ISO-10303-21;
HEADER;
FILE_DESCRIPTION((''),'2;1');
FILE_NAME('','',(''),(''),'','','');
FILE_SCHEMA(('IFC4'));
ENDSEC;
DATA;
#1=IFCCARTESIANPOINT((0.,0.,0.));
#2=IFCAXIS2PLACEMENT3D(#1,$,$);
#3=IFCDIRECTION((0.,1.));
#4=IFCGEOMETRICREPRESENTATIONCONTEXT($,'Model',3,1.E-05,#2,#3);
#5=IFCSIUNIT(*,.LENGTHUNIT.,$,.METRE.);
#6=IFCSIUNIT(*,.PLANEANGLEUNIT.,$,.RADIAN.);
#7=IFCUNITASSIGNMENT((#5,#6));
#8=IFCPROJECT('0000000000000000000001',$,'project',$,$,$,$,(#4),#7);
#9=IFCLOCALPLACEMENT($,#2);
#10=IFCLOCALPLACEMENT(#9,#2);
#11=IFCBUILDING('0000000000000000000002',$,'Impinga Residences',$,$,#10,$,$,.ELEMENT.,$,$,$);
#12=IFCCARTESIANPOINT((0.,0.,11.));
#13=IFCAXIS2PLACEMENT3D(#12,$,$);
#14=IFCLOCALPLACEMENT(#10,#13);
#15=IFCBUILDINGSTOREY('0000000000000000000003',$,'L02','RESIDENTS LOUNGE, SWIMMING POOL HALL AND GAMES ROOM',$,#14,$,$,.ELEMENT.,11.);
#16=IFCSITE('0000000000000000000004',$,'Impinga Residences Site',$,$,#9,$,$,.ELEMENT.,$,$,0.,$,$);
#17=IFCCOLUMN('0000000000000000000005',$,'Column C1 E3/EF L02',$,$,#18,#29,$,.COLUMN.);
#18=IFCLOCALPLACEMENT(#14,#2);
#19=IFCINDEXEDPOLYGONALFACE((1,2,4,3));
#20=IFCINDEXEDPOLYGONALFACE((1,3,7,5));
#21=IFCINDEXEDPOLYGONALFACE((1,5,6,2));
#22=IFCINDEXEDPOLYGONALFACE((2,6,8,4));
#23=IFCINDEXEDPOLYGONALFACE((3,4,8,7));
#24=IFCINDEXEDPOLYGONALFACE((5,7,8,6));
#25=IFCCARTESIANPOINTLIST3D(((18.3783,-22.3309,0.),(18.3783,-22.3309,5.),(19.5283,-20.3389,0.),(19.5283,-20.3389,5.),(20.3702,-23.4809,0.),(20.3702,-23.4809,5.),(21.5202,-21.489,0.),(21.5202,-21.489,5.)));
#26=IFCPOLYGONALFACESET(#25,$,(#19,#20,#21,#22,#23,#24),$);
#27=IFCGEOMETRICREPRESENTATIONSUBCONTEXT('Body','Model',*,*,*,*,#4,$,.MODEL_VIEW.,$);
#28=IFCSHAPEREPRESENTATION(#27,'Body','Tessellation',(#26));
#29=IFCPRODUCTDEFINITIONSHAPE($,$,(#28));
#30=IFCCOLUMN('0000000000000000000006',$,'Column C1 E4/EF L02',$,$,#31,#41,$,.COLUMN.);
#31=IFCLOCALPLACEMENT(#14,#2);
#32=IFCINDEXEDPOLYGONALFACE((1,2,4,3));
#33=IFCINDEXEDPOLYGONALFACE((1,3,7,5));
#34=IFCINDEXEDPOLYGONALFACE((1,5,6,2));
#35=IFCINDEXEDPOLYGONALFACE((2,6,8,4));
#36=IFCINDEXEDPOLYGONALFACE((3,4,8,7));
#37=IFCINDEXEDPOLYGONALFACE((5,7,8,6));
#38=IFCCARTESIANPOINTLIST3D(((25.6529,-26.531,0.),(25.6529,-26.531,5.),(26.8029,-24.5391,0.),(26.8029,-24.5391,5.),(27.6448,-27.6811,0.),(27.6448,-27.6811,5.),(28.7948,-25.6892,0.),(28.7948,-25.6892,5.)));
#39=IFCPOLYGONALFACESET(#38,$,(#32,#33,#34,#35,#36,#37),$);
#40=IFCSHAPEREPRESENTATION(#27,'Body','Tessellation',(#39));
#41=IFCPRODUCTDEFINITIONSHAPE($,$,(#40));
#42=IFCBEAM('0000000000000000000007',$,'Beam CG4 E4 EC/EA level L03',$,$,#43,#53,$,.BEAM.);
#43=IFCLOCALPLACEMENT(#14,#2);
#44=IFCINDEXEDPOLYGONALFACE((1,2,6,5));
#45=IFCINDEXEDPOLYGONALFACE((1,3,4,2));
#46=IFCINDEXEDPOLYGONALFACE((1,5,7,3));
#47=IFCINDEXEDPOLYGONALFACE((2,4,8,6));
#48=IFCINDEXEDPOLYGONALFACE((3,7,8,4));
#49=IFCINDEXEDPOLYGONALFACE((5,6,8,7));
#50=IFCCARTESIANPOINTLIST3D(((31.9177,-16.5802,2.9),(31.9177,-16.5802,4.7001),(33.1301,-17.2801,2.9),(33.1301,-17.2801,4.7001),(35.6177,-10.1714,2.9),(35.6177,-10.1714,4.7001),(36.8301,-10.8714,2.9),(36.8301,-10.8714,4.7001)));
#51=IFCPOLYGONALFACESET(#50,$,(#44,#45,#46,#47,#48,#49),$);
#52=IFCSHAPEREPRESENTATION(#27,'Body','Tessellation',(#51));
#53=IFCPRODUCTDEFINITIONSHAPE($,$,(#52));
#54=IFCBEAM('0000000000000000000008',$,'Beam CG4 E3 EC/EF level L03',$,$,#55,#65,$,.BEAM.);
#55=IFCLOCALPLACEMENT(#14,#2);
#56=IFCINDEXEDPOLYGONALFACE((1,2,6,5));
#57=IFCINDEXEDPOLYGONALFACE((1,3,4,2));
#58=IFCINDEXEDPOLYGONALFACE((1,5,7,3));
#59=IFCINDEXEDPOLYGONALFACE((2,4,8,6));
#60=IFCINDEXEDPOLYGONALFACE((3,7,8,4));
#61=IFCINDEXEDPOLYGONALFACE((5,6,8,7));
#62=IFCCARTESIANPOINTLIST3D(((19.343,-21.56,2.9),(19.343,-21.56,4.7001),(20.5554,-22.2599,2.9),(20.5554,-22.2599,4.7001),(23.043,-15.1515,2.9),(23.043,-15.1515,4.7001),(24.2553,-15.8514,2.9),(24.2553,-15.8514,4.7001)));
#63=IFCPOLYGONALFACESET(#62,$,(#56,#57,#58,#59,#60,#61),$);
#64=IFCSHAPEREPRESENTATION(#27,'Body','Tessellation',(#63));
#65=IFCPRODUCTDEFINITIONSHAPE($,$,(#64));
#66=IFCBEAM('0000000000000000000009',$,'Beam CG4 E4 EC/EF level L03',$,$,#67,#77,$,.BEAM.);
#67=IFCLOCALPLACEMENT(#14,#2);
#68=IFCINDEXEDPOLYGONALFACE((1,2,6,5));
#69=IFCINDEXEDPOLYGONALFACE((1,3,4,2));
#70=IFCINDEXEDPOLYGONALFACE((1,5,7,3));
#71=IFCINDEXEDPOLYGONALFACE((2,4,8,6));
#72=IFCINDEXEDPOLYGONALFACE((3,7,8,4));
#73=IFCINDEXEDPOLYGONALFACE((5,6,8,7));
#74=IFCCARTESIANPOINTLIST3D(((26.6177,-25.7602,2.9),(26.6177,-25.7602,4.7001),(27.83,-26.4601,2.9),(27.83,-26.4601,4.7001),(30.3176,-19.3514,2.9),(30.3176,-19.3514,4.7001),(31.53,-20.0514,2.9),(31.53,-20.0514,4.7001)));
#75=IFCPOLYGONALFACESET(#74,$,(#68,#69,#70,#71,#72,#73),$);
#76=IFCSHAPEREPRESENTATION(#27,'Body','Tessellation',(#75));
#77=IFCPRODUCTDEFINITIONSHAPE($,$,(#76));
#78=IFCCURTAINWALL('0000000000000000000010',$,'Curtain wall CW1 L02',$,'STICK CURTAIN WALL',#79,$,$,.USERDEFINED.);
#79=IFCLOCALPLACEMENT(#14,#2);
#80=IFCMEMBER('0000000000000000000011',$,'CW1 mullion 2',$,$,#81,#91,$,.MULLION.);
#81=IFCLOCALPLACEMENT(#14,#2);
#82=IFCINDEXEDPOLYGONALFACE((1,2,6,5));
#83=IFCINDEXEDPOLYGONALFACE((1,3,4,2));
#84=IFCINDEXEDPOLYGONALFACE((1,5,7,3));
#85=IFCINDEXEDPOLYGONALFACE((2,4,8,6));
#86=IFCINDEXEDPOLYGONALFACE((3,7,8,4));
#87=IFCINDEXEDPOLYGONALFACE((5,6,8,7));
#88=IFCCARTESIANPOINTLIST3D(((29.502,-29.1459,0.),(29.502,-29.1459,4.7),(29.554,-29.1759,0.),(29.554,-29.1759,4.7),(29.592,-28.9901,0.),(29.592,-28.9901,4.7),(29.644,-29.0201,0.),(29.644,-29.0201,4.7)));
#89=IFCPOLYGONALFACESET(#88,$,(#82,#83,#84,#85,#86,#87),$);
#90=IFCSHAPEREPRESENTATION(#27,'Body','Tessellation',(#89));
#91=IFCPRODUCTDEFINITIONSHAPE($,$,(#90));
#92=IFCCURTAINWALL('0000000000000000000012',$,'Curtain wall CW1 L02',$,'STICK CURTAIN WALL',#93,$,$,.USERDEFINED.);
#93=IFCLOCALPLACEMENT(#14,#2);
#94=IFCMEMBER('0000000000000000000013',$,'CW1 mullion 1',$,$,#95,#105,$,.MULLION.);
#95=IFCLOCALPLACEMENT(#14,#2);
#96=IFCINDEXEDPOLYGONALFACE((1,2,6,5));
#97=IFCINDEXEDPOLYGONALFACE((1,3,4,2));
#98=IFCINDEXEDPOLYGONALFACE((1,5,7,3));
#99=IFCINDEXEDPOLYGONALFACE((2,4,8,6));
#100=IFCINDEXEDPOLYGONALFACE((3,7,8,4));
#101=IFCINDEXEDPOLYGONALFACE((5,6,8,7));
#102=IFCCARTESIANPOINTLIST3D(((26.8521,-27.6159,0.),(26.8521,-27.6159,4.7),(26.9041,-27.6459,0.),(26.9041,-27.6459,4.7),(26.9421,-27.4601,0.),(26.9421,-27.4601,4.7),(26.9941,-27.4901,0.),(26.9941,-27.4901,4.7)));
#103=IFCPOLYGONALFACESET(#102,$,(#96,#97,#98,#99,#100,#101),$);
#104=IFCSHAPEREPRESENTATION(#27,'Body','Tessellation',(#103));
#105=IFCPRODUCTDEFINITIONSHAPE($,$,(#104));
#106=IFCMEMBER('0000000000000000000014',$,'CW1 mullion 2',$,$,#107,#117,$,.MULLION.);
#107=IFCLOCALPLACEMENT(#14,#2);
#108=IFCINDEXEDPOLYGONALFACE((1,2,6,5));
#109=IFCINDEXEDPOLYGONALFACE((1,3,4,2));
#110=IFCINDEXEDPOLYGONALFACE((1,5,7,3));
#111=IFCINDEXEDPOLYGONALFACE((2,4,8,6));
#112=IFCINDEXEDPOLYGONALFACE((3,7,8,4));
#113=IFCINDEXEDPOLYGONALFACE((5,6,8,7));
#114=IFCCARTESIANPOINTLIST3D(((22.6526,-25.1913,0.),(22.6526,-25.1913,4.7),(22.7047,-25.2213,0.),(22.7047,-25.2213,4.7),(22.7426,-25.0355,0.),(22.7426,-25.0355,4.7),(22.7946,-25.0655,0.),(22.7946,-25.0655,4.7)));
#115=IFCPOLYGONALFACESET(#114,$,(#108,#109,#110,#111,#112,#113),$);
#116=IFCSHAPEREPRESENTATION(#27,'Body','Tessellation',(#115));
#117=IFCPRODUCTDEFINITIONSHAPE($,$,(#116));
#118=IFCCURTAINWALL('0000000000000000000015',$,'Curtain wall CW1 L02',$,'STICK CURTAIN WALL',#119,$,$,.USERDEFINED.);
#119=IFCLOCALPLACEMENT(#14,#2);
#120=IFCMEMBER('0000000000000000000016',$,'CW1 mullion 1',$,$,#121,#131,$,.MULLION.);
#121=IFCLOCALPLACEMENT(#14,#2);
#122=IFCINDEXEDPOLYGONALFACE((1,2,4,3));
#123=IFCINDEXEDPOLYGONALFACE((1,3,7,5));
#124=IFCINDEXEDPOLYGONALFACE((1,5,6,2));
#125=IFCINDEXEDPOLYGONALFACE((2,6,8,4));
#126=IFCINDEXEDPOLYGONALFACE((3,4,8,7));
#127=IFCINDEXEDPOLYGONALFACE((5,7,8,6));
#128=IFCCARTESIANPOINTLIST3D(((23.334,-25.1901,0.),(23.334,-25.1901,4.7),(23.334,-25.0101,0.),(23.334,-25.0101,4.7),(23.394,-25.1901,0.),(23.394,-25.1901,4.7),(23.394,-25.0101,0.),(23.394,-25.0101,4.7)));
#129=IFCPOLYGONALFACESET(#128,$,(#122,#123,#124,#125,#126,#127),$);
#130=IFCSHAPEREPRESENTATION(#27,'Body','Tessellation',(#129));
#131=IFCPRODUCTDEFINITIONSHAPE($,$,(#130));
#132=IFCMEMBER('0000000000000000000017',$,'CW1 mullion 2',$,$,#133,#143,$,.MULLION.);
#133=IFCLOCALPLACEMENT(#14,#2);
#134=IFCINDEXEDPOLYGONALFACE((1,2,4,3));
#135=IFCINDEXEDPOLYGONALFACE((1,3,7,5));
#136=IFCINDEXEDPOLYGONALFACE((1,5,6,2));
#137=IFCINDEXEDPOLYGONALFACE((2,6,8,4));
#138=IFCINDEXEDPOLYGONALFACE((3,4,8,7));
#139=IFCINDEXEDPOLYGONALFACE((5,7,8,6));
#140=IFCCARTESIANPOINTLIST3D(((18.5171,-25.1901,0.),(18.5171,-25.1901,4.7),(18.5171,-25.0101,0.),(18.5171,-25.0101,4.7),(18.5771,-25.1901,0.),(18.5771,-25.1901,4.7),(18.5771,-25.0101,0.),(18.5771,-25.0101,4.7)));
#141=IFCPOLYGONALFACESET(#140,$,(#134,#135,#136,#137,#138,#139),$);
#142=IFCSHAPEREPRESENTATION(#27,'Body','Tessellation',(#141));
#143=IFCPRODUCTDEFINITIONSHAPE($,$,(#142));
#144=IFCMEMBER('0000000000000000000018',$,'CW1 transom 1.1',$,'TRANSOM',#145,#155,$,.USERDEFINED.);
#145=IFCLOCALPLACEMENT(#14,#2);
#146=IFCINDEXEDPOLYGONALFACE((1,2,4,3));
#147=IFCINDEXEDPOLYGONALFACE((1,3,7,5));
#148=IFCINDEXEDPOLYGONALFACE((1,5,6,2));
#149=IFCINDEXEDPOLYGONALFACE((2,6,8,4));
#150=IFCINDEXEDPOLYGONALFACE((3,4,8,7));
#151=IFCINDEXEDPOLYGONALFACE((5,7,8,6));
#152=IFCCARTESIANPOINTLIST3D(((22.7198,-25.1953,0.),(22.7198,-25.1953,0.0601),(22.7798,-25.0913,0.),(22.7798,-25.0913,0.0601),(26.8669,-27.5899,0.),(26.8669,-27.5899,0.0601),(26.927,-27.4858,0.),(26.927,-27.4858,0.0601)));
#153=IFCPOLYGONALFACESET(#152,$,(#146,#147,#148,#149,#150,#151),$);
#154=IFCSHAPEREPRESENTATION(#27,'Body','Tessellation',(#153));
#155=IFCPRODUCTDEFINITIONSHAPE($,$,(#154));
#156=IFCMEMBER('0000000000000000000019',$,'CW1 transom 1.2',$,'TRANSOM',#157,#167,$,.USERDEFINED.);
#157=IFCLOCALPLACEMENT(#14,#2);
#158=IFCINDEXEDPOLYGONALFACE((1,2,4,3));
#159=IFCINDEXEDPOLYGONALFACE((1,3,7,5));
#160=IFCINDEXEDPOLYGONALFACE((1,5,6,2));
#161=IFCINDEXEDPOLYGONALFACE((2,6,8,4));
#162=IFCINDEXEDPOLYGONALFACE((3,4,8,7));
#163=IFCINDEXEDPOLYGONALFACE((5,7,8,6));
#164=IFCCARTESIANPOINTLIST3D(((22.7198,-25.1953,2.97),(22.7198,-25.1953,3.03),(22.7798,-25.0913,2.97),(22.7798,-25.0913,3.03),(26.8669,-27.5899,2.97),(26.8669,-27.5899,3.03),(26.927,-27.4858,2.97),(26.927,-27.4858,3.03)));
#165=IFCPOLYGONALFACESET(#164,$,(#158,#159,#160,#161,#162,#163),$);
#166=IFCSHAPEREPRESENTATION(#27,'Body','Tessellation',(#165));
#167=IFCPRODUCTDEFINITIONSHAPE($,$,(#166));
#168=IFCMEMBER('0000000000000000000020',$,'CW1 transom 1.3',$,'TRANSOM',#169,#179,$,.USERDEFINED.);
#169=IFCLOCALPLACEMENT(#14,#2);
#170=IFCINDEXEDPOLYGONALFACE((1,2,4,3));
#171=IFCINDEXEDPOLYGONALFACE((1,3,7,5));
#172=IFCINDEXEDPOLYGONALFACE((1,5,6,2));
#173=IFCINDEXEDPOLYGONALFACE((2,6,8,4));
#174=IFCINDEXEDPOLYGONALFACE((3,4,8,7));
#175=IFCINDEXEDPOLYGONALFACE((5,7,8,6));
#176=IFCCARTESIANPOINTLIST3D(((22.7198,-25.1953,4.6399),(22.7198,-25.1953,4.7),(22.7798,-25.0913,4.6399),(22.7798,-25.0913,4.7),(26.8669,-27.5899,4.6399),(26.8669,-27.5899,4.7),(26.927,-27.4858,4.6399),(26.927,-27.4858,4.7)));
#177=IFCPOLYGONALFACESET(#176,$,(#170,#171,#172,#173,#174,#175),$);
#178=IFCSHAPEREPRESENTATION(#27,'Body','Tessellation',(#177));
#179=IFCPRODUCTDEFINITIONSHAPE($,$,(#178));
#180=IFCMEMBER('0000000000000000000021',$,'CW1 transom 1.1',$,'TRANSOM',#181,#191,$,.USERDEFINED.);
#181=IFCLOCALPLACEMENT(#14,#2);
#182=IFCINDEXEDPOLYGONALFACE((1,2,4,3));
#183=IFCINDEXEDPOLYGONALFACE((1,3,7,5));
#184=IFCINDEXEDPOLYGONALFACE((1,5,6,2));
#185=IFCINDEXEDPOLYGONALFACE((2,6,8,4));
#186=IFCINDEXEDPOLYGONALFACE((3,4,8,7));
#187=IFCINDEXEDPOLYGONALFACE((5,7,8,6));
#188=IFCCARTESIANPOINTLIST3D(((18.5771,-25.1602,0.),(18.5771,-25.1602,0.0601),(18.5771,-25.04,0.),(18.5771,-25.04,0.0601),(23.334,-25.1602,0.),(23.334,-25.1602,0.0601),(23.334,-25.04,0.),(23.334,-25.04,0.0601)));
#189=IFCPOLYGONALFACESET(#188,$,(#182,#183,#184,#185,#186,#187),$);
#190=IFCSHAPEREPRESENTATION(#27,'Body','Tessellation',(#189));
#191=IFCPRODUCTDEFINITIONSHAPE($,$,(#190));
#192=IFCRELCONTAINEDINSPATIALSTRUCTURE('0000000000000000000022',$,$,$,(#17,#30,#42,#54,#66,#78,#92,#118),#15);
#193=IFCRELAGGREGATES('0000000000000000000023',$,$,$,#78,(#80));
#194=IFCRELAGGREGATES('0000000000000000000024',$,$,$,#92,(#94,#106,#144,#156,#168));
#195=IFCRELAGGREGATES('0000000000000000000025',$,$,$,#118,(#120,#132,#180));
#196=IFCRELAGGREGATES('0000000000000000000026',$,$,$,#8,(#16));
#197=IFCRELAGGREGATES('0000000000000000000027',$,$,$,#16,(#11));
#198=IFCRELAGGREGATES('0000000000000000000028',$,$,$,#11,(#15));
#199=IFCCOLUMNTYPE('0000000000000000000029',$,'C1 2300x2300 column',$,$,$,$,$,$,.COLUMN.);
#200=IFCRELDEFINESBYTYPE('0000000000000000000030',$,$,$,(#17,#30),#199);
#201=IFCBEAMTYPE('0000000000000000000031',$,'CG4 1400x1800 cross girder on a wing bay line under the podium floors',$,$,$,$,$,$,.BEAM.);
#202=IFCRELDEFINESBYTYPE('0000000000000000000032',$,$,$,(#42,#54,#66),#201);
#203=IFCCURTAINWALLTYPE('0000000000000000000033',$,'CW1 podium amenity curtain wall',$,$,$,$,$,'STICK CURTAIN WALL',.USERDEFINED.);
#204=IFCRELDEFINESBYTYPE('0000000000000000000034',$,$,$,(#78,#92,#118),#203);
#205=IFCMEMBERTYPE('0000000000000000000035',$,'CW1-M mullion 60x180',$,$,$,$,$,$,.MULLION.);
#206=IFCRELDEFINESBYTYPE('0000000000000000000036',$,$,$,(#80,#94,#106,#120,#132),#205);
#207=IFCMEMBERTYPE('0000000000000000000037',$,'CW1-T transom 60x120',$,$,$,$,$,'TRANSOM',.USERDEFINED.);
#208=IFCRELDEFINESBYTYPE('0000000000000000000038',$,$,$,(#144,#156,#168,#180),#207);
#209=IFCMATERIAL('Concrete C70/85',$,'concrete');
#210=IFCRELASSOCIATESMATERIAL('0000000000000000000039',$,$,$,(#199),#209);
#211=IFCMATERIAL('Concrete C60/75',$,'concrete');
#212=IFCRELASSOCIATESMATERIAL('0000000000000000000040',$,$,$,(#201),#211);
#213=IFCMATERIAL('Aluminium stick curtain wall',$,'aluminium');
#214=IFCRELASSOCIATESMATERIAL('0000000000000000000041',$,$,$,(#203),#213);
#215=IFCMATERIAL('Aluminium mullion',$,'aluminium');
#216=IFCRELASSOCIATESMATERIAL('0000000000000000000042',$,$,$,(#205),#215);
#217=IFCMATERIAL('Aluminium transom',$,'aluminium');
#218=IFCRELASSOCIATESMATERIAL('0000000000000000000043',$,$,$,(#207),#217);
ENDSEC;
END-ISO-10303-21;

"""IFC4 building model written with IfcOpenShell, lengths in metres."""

from ifc_helpers import new_model, si_unit, direction, frame, origin, origin_2d, place, context, subcontext, project, spatial, rectangle, extrude, material, material_profile, profile_set, type_object, element, aggregate, save


model = new_model("IFC4")

# Units and contexts
model_context = context("Model", 3, precision=1e-05, world=origin(), true_north=direction((0.0, 1.0)))
body_context = subcontext(model_context, "Body", "Model", "MODEL_VIEW")
ifc_project = project(units=[si_unit("LENGTHUNIT", "METRE"), si_unit("PLANEANGLEUNIT", "RADIAN")], contexts=[model_context])

# Site, building, storey
site_placement = place(None, origin())
site = spatial("IfcSite", under=ifc_project, at=site_placement, Name="Impinga Residences Site", CompositionType="ELEMENT", RefElevation=0.0)
building_placement = place(site_placement, origin())
building = spatial("IfcBuilding", under=site, at=building_placement, Name="Impinga Residences", CompositionType="ELEMENT")
storey_placement = place(building_placement, frame((0.0, 0.0, 11.0)))
storey = spatial("IfcBuildingStorey", under=building, at=storey_placement, Name="L02", Description="RESIDENTS LOUNGE, SWIMMING POOL HALL AND GAMES ROOM", CompositionType="ELEMENT", Elevation=11.0)

# Columns
ifc_material_1 = material(Name="Concrete C70/85", Category="concrete")
ifc_material_profile_1 = material_profile(ifc_material_1, rectangle(XDim=2.3, YDim=2.3, at=origin_2d()), Name="RC 2300x2300")
ifc_profile_set_1 = profile_set([ifc_material_profile_1], Name="Concrete C70/85")
column_type = type_object("IfcColumnType", Name="C1 2300x2300 column", PredefinedType="COLUMN", material=ifc_profile_set_1)
for number, where, z_axis, x_axis, name in (
    (1, (19.9492, -21.9099, 0.0), (0.0, 0.0, 1.0), (-0.5, -0.866025, 0.0), "Column C1 E3/EF L02"),
    (2, (27.2239, -26.1101, 0.0), (0.0, 0.0, 1.0), (-0.5, -0.866025, 0.0), "Column C1 E4/EF L02"),
):
    element("IfcColumn", number, at=place(storey_placement, frame(where, z_axis=z_axis, x_axis=x_axis)), inside=storey, type_object=column_type, Name=name, PredefinedType="COLUMN", context=body_context, shape_type="SweptSolid", body=[
        extrude(rectangle(XDim=2.3, YDim=2.3, at=origin_2d()), origin(), (0.0, 0.0, 1.0), 5.0),
    ])

# Beams
ifc_material_2 = material(Name="Concrete C60/75", Category="concrete")
ifc_material_profile_2 = material_profile(ifc_material_2, rectangle(XDim=1.3999, YDim=1.8, at=origin_2d()), Name="RC 1400x1800")
ifc_profile_set_2 = profile_set([ifc_material_profile_2], Name="Concrete C60/75")
beam_type_1 = type_object("IfcBeamType", Name="CG4 1400x1800 cross girder on a wing bay line under the podium floors", PredefinedType="BEAM", material=ifc_profile_set_2)
beam_1_placement = place(storey_placement, frame((32.5239, -16.9302, 3.8), z_axis=(0.499989, 0.866032, 0.0), x_axis=(-0.866032, 0.499989, 0.0)))
element("IfcBeam", 3, at=beam_1_placement, inside=storey, type_object=beam_type_1, Name="Beam CG4 E4 EC/EA level L03", PredefinedType="BEAM", context=body_context, shape_type="SweptSolid", body=[
    extrude(rectangle(XDim=1.3999, YDim=1.8, at=origin_2d()), origin(), (0.0, 0.0, 1.0), 7.4001),
])
beam_2_placement = place(storey_placement, frame((23.6492, -15.5015, 3.8), z_axis=(-0.500003, -0.866024, 0.0), x_axis=(0.866024, -0.500003, 0.0)))
element("IfcBeam", 4, at=beam_2_placement, inside=storey, type_object=beam_type_1, Name="Beam CG4 E3 EC/EF level L03", PredefinedType="BEAM", context=body_context, shape_type="SweptSolid", body=[
    extrude(rectangle(XDim=1.3999, YDim=1.8, at=origin_2d()), origin(), (0.0, 0.0, 1.0), 7.3999),
])
beam_3_placement = place(storey_placement, frame((30.9238, -19.7014, 3.8), z_axis=(-0.499989, -0.866032, 0.0), x_axis=(0.866032, -0.499989, 0.0)))
element("IfcBeam", 5, at=beam_3_placement, inside=storey, type_object=beam_type_1, Name="Beam CG4 E4 EC/EF level L03", PredefinedType="BEAM", context=body_context, shape_type="SweptSolid", body=[
    extrude(rectangle(XDim=1.3999, YDim=1.8, at=origin_2d()), origin(), (0.0, 0.0, 1.0), 7.4001),
])

# Curtain wall, member
ifc_material_3 = material(Name="Aluminium stick curtain wall", Category="aluminium")
curtain_wall_type = type_object("IfcCurtainWallType", Name="CW1 podium amenity curtain wall", ElementType="STICK CURTAIN WALL", PredefinedType="USERDEFINED", material=ifc_material_3)
curtain_wall_1_placement = place(storey_placement, origin())
curtain_wall_1 = element("IfcCurtainWall", 6, at=curtain_wall_1_placement, inside=storey, type_object=curtain_wall_type, Name="Curtain wall CW1 L02", ObjectType="STICK CURTAIN WALL", PredefinedType="USERDEFINED")
ifc_material_4 = material(Name="Aluminium mullion", Category="aluminium")
ifc_material_profile_3 = material_profile(ifc_material_4, rectangle(XDim=0.0601, YDim=0.1799, at=origin_2d()), Name="60x180 mullion")
ifc_profile_set_3 = profile_set([ifc_material_profile_3], Name="Aluminium mullion")
member_type_1 = type_object("IfcMemberType", Name="CW1-M mullion 60x180", PredefinedType="MULLION", material=ifc_profile_set_3)
member_1_placement = place(storey_placement, frame((29.573, -29.083, 0.0), z_axis=(0.0, 0.0, 1.0), x_axis=(-0.866025, 0.5, 0.0)))
member_1 = element("IfcMember", 7, at=member_1_placement, type_object=member_type_1, Name="CW1 mullion 2", PredefinedType="MULLION", context=body_context, shape_type="SweptSolid", body=[
    extrude(rectangle(XDim=0.0601, YDim=0.1799, at=origin_2d()), origin(), (0.0, 0.0, 1.0), 4.7),
])

# Curtain walls, members
curtain_wall_2_placement = place(storey_placement, origin())
curtain_wall_2 = element("IfcCurtainWall", 8, at=curtain_wall_2_placement, inside=storey, type_object=curtain_wall_type, Name="Curtain wall CW1 L02", ObjectType="STICK CURTAIN WALL", PredefinedType="USERDEFINED")
member_2_placement = place(storey_placement, frame((26.9231, -27.553, 0.0), z_axis=(0.0, 0.0, 1.0), x_axis=(-0.866025, 0.5, 0.0)))
member_2 = element("IfcMember", 9, at=member_2_placement, type_object=member_type_1, Name="CW1 mullion 1", PredefinedType="MULLION", context=body_context, shape_type="SweptSolid", body=[
    extrude(rectangle(XDim=0.0601, YDim=0.1799, at=origin_2d()), origin(), (0.0, 0.0, 1.0), 4.7),
])
member_3_placement = place(storey_placement, frame((22.7236, -25.1284, 0.0), z_axis=(0.0, 0.0, 1.0), x_axis=(-0.866025, 0.5, 0.0)))
member_3 = element("IfcMember", 10, at=member_3_placement, type_object=member_type_1, Name="CW1 mullion 2", PredefinedType="MULLION", context=body_context, shape_type="SweptSolid", body=[
    extrude(rectangle(XDim=0.0601, YDim=0.1799, at=origin_2d()), origin(), (0.0, 0.0, 1.0), 4.7),
])
curtain_wall_3_placement = place(storey_placement, origin())
curtain_wall_3 = element("IfcCurtainWall", 11, at=curtain_wall_3_placement, inside=storey, type_object=curtain_wall_type, Name="Curtain wall CW1 L02", ObjectType="STICK CURTAIN WALL", PredefinedType="USERDEFINED")
member_4_placement = place(storey_placement, frame((23.364, -25.1001, 0.0), z_axis=(0.0, 0.0, 1.0), x_axis=(-1.0, 0.0, 0.0)))
member_4 = element("IfcMember", 12, at=member_4_placement, type_object=member_type_1, Name="CW1 mullion 1", PredefinedType="MULLION", context=body_context, shape_type="SweptSolid", body=[
    extrude(rectangle(XDim=0.0601, YDim=0.1799, at=origin_2d()), origin(), (0.0, 0.0, 1.0), 4.7),
])
member_5_placement = place(storey_placement, frame((18.5471, -25.1001, 0.0), z_axis=(0.0, 0.0, 1.0), x_axis=(-1.0, 0.0, 0.0)))
member_5 = element("IfcMember", 13, at=member_5_placement, type_object=member_type_1, Name="CW1 mullion 2", PredefinedType="MULLION", context=body_context, shape_type="SweptSolid", body=[
    extrude(rectangle(XDim=0.0601, YDim=0.1799, at=origin_2d()), origin(), (0.0, 0.0, 1.0), 4.7),
])

# Members
ifc_material_5 = material(Name="Aluminium transom", Category="aluminium")
ifc_material_profile_4 = material_profile(ifc_material_5, rectangle(XDim=0.0601, YDim=0.1201, at=origin_2d()), Name="60x120 transom")
ifc_profile_set_4 = profile_set([ifc_material_profile_4], Name="Aluminium transom")
member_type_2 = type_object("IfcMemberType", Name="CW1-T transom 60x120", ElementType="TRANSOM", PredefinedType="USERDEFINED", material=ifc_profile_set_4)
member_6_placement = place(storey_placement, frame((26.897, -27.5378, 0.03), z_axis=(-0.866013, 0.500021, 0.0), x_axis=(0.0, 0.0, 1.0)))
member_6 = element("IfcMember", 14, at=member_6_placement, type_object=member_type_2, Name="CW1 transom 1.1", ObjectType="TRANSOM", PredefinedType="USERDEFINED", context=body_context, shape_type="SweptSolid", body=[
    extrude(rectangle(XDim=0.0601, YDim=0.1201, at=origin_2d()), origin(), (0.0, 0.0, 1.0), 4.7888),
])
member_7_placement = place(storey_placement, frame((26.897, -27.5378, 3.0), z_axis=(-0.866013, 0.500021, 0.0), x_axis=(0.0, 0.0, 1.0)))
member_7 = element("IfcMember", 15, at=member_7_placement, type_object=member_type_2, Name="CW1 transom 1.2", ObjectType="TRANSOM", PredefinedType="USERDEFINED", context=body_context, shape_type="SweptSolid", body=[
    extrude(rectangle(XDim=0.0601, YDim=0.1201, at=origin_2d()), origin(), (0.0, 0.0, 1.0), 4.7888),
])
member_8_placement = place(storey_placement, frame((26.897, -27.5378, 4.6699), z_axis=(-0.866013, 0.500021, 0.0), x_axis=(0.0, 0.0, 1.0)))
member_8 = element("IfcMember", 16, at=member_8_placement, type_object=member_type_2, Name="CW1 transom 1.3", ObjectType="TRANSOM", PredefinedType="USERDEFINED", context=body_context, shape_type="SweptSolid", body=[
    extrude(rectangle(XDim=0.0601, YDim=0.1201, at=origin_2d()), origin(), (0.0, 0.0, 1.0), 4.7888),
])
member_9_placement = place(storey_placement, frame((23.334, -25.1001, 0.03), z_axis=(-1.0, 0.0, 0.0), x_axis=(0.0, 0.0, 1.0)))
member_9 = element("IfcMember", 17, at=member_9_placement, type_object=member_type_2, Name="CW1 transom 1.1", ObjectType="TRANSOM", PredefinedType="USERDEFINED", context=body_context, shape_type="SweptSolid", body=[
    extrude(rectangle(XDim=0.0601, YDim=0.1201, at=origin_2d()), origin(), (0.0, 0.0, 1.0), 4.7568),
])

aggregate(curtain_wall_1, [member_1])
aggregate(curtain_wall_2, [member_2, member_3, member_6, member_7, member_8])
aggregate(curtain_wall_3, [member_4, member_5, member_9])

save(model, "model.ifc")
